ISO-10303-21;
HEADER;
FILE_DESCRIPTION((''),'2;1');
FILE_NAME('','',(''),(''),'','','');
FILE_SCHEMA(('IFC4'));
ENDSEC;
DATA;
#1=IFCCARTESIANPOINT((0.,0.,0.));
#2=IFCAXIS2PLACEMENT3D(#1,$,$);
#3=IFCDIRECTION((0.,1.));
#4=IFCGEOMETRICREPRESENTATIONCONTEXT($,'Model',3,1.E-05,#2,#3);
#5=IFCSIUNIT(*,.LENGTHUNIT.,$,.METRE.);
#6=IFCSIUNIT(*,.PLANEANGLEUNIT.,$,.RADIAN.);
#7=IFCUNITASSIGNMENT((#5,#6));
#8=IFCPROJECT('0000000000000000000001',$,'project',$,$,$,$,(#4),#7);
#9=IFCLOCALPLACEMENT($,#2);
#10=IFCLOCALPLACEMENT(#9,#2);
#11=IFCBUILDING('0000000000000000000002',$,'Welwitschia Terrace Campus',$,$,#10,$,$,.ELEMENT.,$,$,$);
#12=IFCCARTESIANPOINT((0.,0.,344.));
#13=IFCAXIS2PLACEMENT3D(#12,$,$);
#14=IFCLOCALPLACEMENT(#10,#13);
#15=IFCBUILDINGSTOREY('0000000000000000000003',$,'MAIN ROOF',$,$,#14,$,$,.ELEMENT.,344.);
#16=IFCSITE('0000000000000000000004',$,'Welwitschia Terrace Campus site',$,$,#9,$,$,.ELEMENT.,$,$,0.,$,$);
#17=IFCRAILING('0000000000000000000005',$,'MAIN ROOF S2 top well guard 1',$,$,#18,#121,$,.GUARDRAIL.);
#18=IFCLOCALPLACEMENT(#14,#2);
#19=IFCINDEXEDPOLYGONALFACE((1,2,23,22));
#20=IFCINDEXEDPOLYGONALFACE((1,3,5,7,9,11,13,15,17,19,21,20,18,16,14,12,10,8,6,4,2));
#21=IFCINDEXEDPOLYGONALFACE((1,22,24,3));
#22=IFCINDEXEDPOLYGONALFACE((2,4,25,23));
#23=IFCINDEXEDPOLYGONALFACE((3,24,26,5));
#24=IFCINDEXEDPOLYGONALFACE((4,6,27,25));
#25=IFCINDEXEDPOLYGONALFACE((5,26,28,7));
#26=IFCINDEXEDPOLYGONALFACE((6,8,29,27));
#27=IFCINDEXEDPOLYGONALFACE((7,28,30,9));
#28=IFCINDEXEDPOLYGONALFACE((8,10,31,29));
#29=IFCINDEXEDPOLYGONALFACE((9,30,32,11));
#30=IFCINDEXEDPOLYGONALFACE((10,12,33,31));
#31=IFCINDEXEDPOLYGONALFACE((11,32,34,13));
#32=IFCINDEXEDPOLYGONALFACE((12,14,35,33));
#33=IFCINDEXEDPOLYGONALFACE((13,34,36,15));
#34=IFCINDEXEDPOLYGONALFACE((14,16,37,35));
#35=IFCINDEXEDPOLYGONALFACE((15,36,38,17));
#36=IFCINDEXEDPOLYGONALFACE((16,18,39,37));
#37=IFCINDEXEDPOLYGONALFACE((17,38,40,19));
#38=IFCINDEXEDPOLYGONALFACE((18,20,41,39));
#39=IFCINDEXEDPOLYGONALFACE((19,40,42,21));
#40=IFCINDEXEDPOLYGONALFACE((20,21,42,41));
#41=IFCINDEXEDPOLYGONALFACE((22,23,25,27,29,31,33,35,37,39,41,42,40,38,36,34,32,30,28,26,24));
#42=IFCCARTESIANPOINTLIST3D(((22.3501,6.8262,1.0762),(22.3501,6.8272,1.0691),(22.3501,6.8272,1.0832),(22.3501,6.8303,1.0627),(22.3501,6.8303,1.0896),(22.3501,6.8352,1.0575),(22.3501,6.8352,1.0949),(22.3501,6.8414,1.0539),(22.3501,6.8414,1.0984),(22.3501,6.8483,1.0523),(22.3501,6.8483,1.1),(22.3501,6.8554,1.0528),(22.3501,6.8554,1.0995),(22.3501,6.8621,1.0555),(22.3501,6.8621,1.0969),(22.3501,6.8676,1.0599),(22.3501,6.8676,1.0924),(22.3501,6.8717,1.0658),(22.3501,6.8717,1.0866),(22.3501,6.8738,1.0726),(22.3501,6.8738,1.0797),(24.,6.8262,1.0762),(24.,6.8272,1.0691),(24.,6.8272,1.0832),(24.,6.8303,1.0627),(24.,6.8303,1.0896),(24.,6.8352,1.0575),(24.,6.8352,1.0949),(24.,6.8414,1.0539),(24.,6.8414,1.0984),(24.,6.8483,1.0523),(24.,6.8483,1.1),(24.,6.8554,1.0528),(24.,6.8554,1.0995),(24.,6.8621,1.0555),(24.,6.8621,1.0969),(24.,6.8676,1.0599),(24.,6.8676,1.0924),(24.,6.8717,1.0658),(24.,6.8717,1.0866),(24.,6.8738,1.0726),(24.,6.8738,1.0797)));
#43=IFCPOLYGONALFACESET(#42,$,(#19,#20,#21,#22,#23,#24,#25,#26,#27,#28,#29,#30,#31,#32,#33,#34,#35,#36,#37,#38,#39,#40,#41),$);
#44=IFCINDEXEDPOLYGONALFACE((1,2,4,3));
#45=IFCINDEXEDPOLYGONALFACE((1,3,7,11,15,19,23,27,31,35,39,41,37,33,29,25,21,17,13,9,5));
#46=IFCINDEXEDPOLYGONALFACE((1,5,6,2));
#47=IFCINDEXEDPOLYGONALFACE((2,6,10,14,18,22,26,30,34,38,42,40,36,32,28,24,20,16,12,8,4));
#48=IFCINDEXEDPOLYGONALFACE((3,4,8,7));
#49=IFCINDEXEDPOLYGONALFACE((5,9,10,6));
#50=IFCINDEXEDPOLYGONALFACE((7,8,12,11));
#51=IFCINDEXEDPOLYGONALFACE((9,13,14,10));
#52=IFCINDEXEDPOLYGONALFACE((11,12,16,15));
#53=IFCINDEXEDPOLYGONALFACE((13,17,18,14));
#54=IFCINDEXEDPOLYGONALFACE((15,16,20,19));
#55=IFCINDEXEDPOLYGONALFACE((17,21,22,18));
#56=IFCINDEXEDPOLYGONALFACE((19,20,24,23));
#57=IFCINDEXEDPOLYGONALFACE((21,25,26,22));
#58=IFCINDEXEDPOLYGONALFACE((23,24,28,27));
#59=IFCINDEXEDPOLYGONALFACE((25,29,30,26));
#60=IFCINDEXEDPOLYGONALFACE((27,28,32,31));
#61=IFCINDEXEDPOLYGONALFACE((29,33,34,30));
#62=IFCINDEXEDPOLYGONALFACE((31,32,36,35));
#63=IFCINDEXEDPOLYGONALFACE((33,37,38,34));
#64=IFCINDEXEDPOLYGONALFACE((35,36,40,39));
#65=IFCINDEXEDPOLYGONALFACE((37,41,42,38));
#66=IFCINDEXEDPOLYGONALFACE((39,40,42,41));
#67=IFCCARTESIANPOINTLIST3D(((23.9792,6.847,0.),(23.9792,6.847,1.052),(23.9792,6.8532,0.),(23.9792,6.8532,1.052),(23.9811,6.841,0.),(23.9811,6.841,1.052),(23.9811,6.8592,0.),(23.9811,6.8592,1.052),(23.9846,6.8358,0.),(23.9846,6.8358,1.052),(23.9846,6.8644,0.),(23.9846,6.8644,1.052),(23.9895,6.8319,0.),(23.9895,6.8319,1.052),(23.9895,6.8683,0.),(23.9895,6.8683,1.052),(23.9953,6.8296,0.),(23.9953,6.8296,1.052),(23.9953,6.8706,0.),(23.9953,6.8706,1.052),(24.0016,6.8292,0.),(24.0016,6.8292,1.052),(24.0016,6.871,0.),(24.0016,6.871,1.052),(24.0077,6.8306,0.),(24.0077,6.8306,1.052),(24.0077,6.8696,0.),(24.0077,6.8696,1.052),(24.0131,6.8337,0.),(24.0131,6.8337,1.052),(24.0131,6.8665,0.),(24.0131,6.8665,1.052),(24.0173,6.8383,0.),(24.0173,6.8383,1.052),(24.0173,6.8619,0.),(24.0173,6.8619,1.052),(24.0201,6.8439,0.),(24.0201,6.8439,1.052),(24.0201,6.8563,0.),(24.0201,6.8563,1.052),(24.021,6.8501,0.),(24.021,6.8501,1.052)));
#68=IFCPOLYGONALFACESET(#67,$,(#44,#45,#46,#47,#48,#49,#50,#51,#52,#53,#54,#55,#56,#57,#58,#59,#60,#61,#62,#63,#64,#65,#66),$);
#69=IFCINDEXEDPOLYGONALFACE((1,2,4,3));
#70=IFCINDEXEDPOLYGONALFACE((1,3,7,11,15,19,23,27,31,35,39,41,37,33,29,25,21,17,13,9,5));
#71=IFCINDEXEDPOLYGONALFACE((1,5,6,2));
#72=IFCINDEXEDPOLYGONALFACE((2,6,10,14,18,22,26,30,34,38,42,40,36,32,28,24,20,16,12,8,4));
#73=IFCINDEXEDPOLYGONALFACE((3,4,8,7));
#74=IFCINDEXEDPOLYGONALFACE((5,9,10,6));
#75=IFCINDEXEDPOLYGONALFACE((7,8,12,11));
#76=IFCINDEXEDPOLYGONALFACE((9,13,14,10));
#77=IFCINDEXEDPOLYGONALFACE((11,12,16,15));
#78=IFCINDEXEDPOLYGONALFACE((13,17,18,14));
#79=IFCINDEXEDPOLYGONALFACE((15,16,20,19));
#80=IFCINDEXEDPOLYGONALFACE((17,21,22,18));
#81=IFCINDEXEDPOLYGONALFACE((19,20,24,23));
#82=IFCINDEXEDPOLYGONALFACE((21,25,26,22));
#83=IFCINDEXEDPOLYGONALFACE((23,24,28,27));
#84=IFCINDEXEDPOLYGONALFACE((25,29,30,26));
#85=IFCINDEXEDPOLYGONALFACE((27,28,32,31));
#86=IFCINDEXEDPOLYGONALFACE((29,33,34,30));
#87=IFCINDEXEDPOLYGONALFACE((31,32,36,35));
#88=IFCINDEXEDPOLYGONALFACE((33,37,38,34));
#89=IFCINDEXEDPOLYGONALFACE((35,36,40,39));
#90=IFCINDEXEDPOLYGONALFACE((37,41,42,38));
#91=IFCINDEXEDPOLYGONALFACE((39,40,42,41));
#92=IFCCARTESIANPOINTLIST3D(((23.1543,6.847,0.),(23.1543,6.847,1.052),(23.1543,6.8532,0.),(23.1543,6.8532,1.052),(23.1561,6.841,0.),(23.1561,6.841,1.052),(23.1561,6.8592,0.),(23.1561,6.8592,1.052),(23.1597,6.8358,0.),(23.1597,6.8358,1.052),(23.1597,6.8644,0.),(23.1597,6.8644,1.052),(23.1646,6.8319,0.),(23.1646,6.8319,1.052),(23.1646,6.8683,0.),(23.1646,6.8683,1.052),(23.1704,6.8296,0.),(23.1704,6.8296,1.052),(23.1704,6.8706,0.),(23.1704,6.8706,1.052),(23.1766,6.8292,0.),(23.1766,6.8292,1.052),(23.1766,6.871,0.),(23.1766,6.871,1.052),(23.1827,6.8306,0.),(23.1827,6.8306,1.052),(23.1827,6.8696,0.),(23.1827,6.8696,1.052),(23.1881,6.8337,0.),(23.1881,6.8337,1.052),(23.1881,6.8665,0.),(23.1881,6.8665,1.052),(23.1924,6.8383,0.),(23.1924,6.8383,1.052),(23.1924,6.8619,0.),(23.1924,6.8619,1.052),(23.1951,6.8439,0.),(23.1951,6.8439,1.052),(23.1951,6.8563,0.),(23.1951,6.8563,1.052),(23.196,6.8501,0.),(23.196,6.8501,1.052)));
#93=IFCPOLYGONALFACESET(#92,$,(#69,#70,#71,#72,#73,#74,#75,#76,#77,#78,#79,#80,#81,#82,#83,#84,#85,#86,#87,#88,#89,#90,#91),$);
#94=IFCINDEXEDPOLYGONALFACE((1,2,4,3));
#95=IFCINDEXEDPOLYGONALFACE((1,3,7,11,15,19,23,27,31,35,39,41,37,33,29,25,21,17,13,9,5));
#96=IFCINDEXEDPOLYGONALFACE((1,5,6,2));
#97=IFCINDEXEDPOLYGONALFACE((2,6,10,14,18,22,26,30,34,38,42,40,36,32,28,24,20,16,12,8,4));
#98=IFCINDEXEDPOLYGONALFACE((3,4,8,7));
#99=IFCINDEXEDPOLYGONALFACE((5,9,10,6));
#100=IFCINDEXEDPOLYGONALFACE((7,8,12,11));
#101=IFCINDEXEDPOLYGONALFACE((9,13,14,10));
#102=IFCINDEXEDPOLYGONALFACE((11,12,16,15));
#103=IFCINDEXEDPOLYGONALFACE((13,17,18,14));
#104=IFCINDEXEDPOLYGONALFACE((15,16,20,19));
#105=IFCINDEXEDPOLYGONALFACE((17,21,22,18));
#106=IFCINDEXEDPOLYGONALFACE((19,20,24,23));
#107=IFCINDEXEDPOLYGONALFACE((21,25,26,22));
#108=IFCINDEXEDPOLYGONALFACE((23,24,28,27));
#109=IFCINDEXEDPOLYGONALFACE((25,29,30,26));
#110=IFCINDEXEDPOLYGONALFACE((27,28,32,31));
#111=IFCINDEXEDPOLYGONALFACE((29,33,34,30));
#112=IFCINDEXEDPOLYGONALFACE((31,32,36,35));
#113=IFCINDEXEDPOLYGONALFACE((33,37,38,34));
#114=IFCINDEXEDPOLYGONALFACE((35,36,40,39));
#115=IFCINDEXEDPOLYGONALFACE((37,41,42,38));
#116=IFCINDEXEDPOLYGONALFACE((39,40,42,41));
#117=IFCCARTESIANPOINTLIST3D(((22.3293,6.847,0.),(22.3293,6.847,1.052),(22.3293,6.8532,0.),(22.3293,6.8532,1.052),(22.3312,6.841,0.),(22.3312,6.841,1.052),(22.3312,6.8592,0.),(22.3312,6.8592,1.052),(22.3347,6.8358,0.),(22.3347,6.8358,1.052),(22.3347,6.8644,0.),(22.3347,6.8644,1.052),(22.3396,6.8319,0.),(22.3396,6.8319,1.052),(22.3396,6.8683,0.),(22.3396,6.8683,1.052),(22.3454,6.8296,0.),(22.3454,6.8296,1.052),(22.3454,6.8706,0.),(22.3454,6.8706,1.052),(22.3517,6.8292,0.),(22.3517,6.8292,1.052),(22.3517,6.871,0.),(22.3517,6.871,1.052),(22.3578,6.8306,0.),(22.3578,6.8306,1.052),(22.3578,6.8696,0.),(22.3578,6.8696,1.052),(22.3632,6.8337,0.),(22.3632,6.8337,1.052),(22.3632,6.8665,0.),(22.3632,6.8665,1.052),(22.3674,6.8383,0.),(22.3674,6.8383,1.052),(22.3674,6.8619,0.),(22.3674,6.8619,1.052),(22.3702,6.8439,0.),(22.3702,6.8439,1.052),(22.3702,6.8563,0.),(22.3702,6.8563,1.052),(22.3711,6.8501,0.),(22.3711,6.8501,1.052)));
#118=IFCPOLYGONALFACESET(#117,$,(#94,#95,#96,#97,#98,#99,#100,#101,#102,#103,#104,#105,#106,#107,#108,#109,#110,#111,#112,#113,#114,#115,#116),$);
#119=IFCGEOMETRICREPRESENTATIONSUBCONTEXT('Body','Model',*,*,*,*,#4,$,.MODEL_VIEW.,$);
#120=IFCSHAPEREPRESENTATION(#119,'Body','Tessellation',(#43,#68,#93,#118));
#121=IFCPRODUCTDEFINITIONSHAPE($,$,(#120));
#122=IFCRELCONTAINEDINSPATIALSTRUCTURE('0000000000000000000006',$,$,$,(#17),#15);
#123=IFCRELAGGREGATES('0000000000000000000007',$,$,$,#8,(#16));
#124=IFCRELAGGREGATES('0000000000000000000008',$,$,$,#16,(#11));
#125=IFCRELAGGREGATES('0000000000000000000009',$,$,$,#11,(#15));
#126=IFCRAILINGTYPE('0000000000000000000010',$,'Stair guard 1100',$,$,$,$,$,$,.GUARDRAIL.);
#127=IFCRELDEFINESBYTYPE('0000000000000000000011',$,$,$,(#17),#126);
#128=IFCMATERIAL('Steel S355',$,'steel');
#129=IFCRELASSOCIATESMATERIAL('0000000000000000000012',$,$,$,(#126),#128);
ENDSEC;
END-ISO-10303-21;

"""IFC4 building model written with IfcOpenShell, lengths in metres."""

from ifc_helpers import new_model, si_unit, direction, frame, origin, origin_2d, place, context, subcontext, project, spatial, circle, extrude, material, type_object, element, save


model = new_model("IFC4")

# Units and contexts
model_context = context("Model", 3, precision=1e-05, world=origin(), true_north=direction((0.0, 1.0)))
body_context = subcontext(model_context, "Body", "Model", "MODEL_VIEW")
ifc_project = project(units=[si_unit("LENGTHUNIT", "METRE"), si_unit("PLANEANGLEUNIT", "RADIAN")], contexts=[model_context])

# Site, building, storey
site_placement = place(None, origin())
site = spatial("IfcSite", under=ifc_project, at=site_placement, Name="Welwitschia Terrace Campus site", CompositionType="ELEMENT", RefElevation=0.0)
building_placement = place(site_placement, origin())
building = spatial("IfcBuilding", under=site, at=building_placement, Name="Welwitschia Terrace Campus", CompositionType="ELEMENT")
storey_placement = place(building_placement, frame((0.0, 0.0, 344.0)))
storey = spatial("IfcBuildingStorey", under=building, at=storey_placement, Name="MAIN ROOF", CompositionType="ELEMENT", Elevation=344.0)

# Railing
ifc_material_1 = material(Name="Steel S355", Category="steel")
railing_type = type_object("IfcRailingType", Name="Stair guard 1100", PredefinedType="GUARDRAIL", material=ifc_material_1)
for number, where, name in (
    (1, (24.0, 6.8501, 0.0), "MAIN ROOF S2 top well guard 1"),
):
    element("IfcRailing", number, at=place(storey_placement, frame(where)), inside=storey, type_object=railing_type, Name=name, PredefinedType="GUARDRAIL", context=body_context, shape_type="SweptSolid", body=[
        extrude(circle(Radius=0.0239, at=origin_2d()), frame((0.0, 0.0, 1.0762), z_axis=(-1.0, 0.0, 0.0), x_axis=(0.0, -1.0, 0.0)), (0.0, 0.0, 1.0), 1.6499),
        extrude(circle(Radius=0.021, at=origin_2d()), origin(), (0.0, 0.0, 1.0), 1.052),
        extrude(circle(Radius=0.021, at=origin_2d()), frame((-0.825, 0.0, 0.0)), (0.0, 0.0, 1.0), 1.052),
        extrude(circle(Radius=0.021, at=origin_2d()), frame((-1.6499, 0.0, 0.0)), (0.0, 0.0, 1.0), 1.052),
    ])

save(model, "model.ifc")
